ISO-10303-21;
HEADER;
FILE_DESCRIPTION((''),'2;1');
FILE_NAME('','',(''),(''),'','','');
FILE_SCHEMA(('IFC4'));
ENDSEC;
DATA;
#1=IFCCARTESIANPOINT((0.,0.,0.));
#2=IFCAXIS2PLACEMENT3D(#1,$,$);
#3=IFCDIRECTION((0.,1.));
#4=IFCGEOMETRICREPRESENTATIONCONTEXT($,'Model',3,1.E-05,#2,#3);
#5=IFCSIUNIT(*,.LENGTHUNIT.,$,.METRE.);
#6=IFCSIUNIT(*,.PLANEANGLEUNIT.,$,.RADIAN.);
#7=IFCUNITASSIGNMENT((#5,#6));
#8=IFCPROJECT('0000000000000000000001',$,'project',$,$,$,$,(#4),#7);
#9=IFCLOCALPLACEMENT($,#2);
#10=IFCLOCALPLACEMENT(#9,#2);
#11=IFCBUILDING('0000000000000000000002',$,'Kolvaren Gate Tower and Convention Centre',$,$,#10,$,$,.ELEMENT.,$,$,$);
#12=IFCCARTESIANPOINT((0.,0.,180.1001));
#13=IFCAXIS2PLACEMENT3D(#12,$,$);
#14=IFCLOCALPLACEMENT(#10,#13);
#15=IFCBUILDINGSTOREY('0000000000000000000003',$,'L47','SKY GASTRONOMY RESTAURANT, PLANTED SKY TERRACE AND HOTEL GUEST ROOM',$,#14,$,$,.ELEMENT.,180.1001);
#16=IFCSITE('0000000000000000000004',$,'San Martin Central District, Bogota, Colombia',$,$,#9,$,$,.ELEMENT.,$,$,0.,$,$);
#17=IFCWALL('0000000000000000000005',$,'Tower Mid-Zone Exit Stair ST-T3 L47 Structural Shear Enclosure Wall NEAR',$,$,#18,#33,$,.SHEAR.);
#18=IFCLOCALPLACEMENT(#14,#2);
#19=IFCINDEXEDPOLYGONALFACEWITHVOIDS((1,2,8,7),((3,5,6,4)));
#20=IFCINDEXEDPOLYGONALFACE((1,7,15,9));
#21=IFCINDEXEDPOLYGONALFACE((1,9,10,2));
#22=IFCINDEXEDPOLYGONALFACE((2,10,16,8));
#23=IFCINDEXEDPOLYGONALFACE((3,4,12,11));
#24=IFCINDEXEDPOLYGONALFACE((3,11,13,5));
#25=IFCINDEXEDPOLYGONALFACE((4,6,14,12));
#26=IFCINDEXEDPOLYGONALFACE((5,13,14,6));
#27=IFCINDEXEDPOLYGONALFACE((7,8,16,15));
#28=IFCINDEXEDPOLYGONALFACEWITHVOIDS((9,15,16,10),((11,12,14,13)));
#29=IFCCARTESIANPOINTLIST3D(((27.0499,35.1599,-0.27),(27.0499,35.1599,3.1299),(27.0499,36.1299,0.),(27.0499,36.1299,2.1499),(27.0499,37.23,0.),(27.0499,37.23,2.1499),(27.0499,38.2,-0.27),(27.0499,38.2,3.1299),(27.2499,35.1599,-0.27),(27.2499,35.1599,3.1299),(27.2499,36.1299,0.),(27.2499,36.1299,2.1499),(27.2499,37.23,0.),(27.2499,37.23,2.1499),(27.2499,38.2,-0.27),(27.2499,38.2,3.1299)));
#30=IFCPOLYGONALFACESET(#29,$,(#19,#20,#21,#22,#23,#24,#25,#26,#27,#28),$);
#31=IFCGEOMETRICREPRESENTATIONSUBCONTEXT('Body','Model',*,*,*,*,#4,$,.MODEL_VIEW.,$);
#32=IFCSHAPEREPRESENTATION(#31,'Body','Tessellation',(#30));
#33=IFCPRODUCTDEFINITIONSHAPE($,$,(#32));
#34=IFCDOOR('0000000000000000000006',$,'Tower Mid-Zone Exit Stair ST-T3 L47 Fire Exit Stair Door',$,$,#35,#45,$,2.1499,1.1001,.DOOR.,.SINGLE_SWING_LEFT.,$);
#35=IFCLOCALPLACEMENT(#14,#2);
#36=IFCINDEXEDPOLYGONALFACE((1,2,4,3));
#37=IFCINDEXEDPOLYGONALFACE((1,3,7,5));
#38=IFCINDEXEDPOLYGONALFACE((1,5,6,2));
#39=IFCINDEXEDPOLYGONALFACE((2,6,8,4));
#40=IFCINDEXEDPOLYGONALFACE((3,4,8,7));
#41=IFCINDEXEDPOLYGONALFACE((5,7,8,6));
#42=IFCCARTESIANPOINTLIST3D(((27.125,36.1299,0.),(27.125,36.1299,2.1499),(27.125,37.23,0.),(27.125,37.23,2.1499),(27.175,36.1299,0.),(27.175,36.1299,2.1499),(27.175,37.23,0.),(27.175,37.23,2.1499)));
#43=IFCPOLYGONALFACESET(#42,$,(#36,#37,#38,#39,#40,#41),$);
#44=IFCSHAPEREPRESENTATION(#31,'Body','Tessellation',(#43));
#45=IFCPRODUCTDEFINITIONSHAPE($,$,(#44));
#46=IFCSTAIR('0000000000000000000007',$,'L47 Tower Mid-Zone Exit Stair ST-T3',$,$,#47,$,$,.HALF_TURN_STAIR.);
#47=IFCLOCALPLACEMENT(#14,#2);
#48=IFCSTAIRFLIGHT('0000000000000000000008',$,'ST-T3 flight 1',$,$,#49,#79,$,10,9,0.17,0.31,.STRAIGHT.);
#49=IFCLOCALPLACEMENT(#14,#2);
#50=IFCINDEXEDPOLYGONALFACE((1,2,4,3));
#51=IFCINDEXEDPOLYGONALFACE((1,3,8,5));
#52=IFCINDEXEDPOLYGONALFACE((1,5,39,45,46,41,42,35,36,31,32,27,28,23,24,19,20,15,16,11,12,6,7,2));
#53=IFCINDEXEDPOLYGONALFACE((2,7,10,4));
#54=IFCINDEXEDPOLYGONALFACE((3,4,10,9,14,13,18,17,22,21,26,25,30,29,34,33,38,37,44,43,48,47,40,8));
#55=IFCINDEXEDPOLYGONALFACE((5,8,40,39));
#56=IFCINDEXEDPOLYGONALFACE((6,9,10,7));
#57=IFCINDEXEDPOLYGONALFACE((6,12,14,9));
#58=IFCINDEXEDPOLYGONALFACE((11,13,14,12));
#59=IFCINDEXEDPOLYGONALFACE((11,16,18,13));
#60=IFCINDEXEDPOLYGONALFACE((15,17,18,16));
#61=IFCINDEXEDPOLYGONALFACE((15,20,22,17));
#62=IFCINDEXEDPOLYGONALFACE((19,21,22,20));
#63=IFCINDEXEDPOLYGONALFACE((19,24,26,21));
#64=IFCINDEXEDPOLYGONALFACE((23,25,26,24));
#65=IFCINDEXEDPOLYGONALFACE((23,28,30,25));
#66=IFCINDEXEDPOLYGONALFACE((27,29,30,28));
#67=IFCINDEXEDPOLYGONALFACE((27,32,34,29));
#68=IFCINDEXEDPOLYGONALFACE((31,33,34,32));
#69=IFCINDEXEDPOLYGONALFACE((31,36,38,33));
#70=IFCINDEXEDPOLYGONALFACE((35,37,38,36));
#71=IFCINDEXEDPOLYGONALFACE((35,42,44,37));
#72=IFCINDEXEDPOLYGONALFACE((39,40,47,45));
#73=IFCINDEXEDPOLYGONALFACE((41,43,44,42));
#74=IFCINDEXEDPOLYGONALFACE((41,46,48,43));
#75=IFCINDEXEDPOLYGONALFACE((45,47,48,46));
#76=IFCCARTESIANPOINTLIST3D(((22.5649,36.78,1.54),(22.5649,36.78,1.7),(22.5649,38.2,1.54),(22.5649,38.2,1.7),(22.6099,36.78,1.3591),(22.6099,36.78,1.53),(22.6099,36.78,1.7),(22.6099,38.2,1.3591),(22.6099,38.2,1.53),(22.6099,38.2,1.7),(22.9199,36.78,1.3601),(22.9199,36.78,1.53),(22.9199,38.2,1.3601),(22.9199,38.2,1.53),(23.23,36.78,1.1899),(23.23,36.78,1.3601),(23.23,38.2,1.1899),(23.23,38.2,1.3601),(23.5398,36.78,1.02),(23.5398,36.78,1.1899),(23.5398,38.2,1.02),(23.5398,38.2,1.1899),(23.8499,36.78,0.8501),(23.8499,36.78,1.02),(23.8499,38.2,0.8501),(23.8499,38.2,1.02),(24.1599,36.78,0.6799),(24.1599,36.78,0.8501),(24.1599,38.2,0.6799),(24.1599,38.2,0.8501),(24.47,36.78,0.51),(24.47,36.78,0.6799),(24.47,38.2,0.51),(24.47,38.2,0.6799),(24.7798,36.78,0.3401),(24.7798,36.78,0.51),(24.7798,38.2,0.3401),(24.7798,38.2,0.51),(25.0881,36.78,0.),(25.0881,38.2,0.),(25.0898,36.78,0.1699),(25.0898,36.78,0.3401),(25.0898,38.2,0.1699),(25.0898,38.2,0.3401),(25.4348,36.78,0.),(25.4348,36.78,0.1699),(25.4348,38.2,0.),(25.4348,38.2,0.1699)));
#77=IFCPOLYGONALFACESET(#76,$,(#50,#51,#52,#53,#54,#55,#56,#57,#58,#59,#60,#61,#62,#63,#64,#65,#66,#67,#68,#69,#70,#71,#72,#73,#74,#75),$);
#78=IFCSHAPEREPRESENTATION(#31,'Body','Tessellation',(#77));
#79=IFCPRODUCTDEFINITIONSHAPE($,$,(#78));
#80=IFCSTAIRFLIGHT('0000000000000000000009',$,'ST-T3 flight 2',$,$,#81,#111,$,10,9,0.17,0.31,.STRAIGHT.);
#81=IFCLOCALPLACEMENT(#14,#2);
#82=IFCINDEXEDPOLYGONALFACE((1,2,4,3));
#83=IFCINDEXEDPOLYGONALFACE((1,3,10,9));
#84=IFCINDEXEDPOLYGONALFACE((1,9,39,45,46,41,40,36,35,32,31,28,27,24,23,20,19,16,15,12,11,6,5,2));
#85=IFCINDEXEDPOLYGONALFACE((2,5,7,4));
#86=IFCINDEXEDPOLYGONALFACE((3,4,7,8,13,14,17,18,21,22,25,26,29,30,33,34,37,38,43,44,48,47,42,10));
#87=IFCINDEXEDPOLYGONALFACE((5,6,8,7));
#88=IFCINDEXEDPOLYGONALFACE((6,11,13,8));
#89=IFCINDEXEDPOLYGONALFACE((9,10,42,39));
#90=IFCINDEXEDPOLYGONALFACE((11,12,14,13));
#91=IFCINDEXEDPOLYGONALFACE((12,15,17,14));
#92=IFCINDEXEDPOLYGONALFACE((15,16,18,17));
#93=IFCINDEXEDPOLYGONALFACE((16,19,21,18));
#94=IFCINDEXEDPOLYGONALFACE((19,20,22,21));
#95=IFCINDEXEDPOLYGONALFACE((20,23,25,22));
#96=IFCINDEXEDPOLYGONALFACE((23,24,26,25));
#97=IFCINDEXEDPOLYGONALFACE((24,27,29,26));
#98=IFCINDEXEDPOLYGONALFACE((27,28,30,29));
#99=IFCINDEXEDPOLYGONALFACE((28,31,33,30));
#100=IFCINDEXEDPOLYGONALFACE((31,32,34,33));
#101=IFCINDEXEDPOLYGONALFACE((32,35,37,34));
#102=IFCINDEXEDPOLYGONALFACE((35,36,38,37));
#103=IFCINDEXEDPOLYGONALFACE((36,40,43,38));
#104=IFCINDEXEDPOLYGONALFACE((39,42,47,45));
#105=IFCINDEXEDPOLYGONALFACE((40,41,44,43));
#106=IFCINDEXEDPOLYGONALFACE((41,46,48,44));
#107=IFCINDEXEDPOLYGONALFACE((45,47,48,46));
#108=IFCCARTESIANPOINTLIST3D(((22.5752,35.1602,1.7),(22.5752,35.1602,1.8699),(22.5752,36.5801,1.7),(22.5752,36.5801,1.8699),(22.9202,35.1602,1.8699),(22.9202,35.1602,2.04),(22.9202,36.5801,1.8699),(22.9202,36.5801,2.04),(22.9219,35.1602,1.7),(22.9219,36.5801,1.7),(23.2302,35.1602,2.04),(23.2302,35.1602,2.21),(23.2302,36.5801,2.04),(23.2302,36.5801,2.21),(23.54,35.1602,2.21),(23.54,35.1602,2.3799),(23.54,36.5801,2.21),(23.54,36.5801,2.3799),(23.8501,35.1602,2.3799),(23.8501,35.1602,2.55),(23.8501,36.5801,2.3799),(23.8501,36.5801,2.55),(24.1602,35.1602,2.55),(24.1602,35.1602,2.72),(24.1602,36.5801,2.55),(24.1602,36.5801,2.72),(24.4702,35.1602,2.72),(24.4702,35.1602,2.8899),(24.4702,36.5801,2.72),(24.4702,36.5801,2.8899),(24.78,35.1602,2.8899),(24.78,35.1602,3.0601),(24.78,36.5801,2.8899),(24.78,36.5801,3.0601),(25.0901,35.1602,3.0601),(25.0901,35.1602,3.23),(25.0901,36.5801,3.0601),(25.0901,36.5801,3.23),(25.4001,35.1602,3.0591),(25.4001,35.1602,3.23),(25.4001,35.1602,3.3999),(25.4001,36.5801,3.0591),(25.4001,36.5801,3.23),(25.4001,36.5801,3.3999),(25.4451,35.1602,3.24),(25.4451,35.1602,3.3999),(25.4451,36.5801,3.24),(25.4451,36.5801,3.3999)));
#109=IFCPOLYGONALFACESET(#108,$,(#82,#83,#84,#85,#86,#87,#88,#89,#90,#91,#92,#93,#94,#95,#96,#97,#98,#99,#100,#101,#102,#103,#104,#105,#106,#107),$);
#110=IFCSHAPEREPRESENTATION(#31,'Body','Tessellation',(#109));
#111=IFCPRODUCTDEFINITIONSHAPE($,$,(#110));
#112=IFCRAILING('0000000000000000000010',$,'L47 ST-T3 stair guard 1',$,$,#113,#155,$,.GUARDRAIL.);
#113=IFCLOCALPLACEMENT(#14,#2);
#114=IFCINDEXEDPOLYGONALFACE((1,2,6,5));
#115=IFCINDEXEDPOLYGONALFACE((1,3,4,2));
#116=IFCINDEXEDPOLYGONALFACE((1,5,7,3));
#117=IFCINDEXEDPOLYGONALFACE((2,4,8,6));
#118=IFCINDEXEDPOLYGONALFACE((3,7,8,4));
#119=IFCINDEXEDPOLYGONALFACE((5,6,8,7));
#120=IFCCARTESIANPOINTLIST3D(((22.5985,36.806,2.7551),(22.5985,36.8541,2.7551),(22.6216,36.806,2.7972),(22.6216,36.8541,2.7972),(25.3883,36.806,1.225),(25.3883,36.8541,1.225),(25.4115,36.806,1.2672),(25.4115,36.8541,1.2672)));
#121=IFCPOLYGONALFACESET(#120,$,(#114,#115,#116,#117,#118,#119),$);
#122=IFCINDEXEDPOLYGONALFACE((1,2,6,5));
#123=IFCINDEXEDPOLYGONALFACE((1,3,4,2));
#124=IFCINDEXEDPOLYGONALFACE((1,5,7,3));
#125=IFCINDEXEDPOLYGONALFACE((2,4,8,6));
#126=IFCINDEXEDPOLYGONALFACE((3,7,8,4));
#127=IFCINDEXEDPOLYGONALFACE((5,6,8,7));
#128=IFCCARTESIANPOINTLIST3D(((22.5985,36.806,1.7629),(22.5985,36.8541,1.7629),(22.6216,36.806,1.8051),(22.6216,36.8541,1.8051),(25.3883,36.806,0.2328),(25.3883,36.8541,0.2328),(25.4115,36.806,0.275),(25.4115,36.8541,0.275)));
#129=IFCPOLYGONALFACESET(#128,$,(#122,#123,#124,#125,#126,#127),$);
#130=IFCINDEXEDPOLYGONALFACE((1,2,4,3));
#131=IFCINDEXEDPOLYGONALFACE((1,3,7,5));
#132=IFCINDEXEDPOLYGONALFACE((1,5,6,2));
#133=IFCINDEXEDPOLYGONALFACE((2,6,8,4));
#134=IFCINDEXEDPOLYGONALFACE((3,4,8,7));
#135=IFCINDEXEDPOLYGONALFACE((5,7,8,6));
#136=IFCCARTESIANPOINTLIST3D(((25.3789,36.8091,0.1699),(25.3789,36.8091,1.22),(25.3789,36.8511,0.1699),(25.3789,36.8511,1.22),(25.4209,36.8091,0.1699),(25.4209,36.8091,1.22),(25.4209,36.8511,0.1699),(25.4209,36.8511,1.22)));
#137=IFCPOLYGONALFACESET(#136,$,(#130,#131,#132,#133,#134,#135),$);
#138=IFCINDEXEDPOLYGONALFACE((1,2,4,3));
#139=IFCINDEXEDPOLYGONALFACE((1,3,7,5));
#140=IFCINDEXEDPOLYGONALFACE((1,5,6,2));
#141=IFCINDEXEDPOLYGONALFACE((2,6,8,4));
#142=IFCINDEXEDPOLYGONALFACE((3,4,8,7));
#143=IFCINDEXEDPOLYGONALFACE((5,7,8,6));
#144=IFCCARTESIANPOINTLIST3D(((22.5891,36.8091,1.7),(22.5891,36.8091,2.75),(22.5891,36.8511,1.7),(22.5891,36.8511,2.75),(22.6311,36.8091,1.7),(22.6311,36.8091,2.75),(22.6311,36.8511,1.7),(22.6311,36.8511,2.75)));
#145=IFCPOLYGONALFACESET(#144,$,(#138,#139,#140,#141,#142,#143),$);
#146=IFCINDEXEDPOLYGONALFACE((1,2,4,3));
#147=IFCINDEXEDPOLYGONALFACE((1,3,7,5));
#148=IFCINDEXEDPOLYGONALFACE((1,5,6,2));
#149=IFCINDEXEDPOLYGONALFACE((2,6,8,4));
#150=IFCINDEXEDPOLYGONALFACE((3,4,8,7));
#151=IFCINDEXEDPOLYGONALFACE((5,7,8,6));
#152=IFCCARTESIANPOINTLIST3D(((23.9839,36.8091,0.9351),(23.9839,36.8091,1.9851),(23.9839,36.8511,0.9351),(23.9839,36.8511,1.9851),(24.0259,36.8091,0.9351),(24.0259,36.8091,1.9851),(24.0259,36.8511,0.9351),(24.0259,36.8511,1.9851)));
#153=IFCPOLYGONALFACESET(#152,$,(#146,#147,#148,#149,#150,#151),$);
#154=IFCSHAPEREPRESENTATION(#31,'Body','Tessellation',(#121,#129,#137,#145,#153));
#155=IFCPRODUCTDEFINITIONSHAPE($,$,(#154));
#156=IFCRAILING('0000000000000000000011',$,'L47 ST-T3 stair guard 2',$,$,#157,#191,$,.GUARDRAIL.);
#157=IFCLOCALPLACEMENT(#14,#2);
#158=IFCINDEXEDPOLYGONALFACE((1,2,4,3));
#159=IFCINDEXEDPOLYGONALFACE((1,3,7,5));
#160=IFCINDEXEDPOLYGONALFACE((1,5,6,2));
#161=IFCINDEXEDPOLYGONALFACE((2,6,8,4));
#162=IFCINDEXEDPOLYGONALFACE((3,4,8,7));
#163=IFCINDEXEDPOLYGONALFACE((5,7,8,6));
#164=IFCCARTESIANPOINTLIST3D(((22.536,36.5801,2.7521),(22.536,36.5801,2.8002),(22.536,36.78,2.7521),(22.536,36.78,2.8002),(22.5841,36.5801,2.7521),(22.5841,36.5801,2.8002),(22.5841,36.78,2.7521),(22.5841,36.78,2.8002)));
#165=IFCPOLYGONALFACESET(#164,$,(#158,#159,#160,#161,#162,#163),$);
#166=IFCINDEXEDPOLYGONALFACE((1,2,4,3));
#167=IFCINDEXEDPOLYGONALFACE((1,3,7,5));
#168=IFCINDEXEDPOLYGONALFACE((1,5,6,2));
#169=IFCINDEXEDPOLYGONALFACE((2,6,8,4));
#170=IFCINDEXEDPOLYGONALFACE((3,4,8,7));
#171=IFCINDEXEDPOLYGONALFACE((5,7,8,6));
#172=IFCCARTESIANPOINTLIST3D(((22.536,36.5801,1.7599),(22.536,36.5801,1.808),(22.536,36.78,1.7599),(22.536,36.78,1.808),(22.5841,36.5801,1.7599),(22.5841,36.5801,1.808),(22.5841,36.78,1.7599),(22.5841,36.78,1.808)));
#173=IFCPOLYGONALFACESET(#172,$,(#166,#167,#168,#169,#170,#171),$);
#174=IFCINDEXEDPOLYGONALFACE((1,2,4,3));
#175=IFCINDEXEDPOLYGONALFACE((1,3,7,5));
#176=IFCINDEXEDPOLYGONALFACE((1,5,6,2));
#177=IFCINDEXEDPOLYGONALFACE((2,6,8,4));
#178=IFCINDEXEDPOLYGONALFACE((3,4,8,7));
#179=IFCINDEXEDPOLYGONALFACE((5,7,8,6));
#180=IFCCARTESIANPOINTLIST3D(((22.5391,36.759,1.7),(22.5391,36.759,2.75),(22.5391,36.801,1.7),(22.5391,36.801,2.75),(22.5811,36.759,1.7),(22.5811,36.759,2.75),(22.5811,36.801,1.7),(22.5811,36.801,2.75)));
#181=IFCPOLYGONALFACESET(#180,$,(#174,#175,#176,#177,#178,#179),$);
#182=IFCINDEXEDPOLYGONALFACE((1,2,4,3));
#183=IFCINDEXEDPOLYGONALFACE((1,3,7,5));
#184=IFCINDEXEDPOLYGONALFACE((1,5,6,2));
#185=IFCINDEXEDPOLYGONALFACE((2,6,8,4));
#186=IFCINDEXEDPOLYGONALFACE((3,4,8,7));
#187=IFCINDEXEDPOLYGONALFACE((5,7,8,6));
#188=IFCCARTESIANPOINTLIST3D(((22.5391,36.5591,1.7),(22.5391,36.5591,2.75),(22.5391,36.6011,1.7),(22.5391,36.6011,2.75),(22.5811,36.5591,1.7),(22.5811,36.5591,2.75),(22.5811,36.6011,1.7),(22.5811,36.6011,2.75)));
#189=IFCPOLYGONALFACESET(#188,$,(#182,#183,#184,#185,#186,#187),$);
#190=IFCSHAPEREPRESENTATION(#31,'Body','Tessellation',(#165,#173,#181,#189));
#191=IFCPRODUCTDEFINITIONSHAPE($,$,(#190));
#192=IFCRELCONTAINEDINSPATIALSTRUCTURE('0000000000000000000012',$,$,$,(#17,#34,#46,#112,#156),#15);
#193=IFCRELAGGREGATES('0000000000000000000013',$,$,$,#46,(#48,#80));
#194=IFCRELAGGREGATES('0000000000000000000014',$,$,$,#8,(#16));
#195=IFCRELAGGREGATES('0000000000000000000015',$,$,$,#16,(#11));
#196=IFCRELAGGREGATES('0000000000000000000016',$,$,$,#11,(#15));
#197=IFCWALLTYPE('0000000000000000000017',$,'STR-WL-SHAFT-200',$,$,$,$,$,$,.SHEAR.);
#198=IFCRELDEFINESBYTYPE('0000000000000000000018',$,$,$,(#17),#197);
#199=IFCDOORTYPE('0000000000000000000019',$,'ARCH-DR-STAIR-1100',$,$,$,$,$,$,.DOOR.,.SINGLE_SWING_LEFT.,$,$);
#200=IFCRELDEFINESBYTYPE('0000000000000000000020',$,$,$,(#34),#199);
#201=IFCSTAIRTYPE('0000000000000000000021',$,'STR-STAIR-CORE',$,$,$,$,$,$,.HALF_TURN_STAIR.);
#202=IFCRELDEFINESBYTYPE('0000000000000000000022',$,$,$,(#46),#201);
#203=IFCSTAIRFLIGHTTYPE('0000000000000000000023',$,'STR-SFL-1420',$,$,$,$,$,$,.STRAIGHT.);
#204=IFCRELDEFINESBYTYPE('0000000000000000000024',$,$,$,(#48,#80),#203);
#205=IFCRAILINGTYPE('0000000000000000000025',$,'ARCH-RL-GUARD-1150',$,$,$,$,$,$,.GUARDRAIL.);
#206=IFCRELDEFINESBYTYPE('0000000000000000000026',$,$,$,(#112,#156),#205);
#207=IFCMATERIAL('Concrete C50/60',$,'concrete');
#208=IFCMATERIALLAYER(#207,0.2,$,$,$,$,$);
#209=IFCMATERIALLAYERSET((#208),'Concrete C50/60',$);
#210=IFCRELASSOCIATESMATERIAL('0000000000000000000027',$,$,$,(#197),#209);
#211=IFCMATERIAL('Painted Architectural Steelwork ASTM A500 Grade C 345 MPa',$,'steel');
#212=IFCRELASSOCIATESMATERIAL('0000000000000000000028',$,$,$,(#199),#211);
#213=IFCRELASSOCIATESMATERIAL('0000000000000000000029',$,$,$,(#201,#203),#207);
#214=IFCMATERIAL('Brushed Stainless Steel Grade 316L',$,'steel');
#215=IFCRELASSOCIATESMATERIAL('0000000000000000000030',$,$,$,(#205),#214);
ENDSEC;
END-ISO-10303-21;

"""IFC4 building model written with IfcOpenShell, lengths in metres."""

from ifc_helpers import new_model, si_unit, direction, frame, frame_2d, origin, origin_2d, place, context, subcontext, project, spatial, polyline, rectangle, outline, extrude, material, layer, layer_set, type_object, element, fill, aggregate, save


model = new_model("IFC4")

# Units and contexts
model_context = context("Model", 3, precision=1e-05, world=origin(), true_north=direction((0.0, 1.0)))
body_context = subcontext(model_context, "Body", "Model", "MODEL_VIEW")
ifc_project = project(units=[si_unit("LENGTHUNIT", "METRE"), si_unit("PLANEANGLEUNIT", "RADIAN")], contexts=[model_context])

# Site, building, storey
site_placement = place(None, origin())
site = spatial("IfcSite", under=ifc_project, at=site_placement, Name="San Martin Central District, Bogota, Colombia", CompositionType="ELEMENT", RefElevation=0.0)
building_placement = place(site_placement, origin())
building = spatial("IfcBuilding", under=site, at=building_placement, Name="Kolvaren Gate Tower and Convention Centre", CompositionType="ELEMENT")
storey_placement = place(building_placement, frame((0.0, 0.0, 180.1001)))
storey = spatial("IfcBuildingStorey", under=building, at=storey_placement, Name="L47", Description="SKY GASTRONOMY RESTAURANT, PLANTED SKY TERRACE AND HOTEL GUEST ROOM", CompositionType="ELEMENT", Elevation=180.1001)

# Wall, opening, door
ifc_material_1 = material(Name="Concrete C50/60", Category="concrete")
ifc_layer_1 = layer(ifc_material_1, 0.2)
ifc_layer_set_1 = layer_set([ifc_layer_1], Name="Concrete C50/60")
wall_type_1 = type_object("IfcWallType", Name="STR-WL-SHAFT-200", PredefinedType="SHEAR", material=ifc_layer_set_1)
wall_1_placement = place(storey_placement, frame((27.1499, 35.1599, -0.27), z_axis=(0.0, 0.0, 1.0), x_axis=(0.0, 1.0, 0.0)))
wall_1 = element("IfcWall", 1, at=wall_1_placement, inside=storey, type_object=wall_type_1, Name="Tower Mid-Zone Exit Stair ST-T3 L47 Structural Shear Enclosure Wall NEAR", PredefinedType="SHEAR", context=body_context, shape_type="SweptSolid", body=[
    extrude(rectangle(XDim=3.04, YDim=0.2, at=frame_2d((1.52, 0.0))), origin(), (0.0, 0.0, 1.0), 3.3999),
])
opening_1_placement = place(wall_1_placement, frame((0.97, 0.0, 0.27)))
opening_1 = element("IfcOpeningElement", 2, at=opening_1_placement, cuts=wall_1, PredefinedType="OPENING", context=body_context, shape_type="SweptSolid", body=[
    extrude(rectangle(XDim=1.1001, YDim=2.1499, at=frame_2d((0.55, 1.075))), frame((0.0, 0.1099, 0.0), z_axis=(0.0, -1.0, 0.0), x_axis=(1.0, 0.0, 0.0)), (0.0, 0.0, 1.0), 0.22),
])
ifc_material_2 = material(Name="Painted Architectural Steelwork ASTM A500 Grade C 345 MPa", Category="steel")
door_type = type_object("IfcDoorType", Name="ARCH-DR-STAIR-1100", OperationType="SINGLE_SWING_LEFT", PredefinedType="DOOR", material=ifc_material_2)
door_placement = place(opening_1_placement, origin())
door = element("IfcDoor", 3, at=door_placement, inside=storey, type_object=door_type, Name="Tower Mid-Zone Exit Stair ST-T3 L47 Fire Exit Stair Door", OperationType="SINGLE_SWING_LEFT", OverallHeight=2.1499, OverallWidth=1.1001, PredefinedType="DOOR", context=body_context, shape_type="SweptSolid", body=[
    extrude(rectangle(XDim=1.1001, YDim=2.1499, at=frame_2d((0.55, 1.075))), frame((0.0, 0.0249, 0.0), z_axis=(0.0, -1.0, 0.0), x_axis=(1.0, 0.0, 0.0)), (0.0, 0.0, 1.0), 0.05),
])
fill(opening_1, door)

# Stair, stair flights
stair_type = type_object("IfcStairType", Name="STR-STAIR-CORE", PredefinedType="HALF_TURN_STAIR", material=ifc_material_1)
stair_placement = place(storey_placement, origin())
stair = element("IfcStair", 4, at=stair_placement, inside=storey, type_object=stair_type, Name="L47 Tower Mid-Zone Exit Stair ST-T3", PredefinedType="HALF_TURN_STAIR")
stair_flight_type = type_object("IfcStairFlightType", Name="STR-SFL-1420", PredefinedType="STRAIGHT", material=ifc_material_1)
stair_flight_1_placement = place(storey_placement, frame((25.3999, 37.49, 0.0), z_axis=(0.0, 0.0, 1.0), x_axis=(-1.0, 0.0, 0.0)))
stair_flight_1 = element("IfcStairFlight", 5, at=stair_flight_1_placement, type_object=stair_flight_type, Name="ST-T3 flight 1", NumberOfRisers=10, NumberOfTreads=9, PredefinedType="STRAIGHT", RiserHeight=0.17, TreadLength=0.31, context=body_context, shape_type="SweptSolid", body=[
    extrude(outline(polyline([(-0.0349, 0.0), (-0.0349, 0.1699), (0.3101, 0.1699), (0.3101, 0.3401), (0.6201, 0.3401), (0.6201, 0.51), (0.9299, 0.51), (0.9299, 0.6799), (1.24, 0.6799), (1.24, 0.8501), (1.55, 0.8501), (1.55, 1.02), (1.8601, 1.02), (1.8601, 1.1899), (2.1699, 1.1899), (2.1699, 1.3601), (2.48, 1.3601), (2.48, 1.53), (2.79, 1.53), (2.79, 1.7), (2.835, 1.7), (2.835, 1.54), (2.79, 1.3591), (0.3118, 0.0), (-0.0349, 0.0)])), frame((0.0, 0.71, 0.0), z_axis=(0.0, -1.0, 0.0), x_axis=(1.0, 0.0, 0.0)), (0.0, 0.0, 1.0), 1.4199),
])
stair_flight_2_placement = place(storey_placement, frame((22.6101, 35.8701, 1.7), z_axis=(0.0, 0.0, 1.0), x_axis=(1.0, 0.0, 0.0)))
stair_flight_2 = element("IfcStairFlight", 6, at=stair_flight_2_placement, type_object=stair_flight_type, Name="ST-T3 flight 2", NumberOfRisers=10, NumberOfTreads=9, PredefinedType="STRAIGHT", RiserHeight=0.17, TreadLength=0.31, context=body_context, shape_type="SweptSolid", body=[
    extrude(outline(polyline([(-0.0349, 0.0), (-0.0349, 0.1699), (0.3101, 0.1699), (0.3101, 0.3401), (0.6201, 0.3401), (0.6201, 0.51), (0.9299, 0.51), (0.9299, 0.6799), (1.24, 0.6799), (1.24, 0.8501), (1.55, 0.8501), (1.55, 1.02), (1.8601, 1.02), (1.8601, 1.1899), (2.1699, 1.1899), (2.1699, 1.3601), (2.48, 1.3601), (2.48, 1.53), (2.79, 1.53), (2.79, 1.7), (2.835, 1.7), (2.835, 1.54), (2.79, 1.3591), (0.3118, 0.0), (-0.0349, 0.0)])), frame((0.0, 0.71, 0.0), z_axis=(0.0, -1.0, 0.0), x_axis=(1.0, 0.0, 0.0)), (0.0, 0.0, 1.0), 1.4199),
])
aggregate(stair, [stair_flight_1, stair_flight_2])

# Railings
ifc_material_3 = material(Name="Brushed Stainless Steel Grade 316L", Category="steel")
railing_type_1 = type_object("IfcRailingType", Name="ARCH-RL-GUARD-1150", PredefinedType="GUARDRAIL", material=ifc_material_3)
railing_1_placement = place(storey_placement, frame((25.3999, 36.8301, 0.1699)))
element("IfcRailing", 7, at=railing_1_placement, inside=storey, type_object=railing_type_1, Name="L47 ST-T3 stair guard 1", PredefinedType="GUARDRAIL", context=body_context, shape_type="SweptSolid", body=[
    extrude(rectangle(XDim=0.0481, YDim=0.0481, at=origin_2d()), frame((0.0, 0.0, 1.0762), z_axis=(-0.876794, 0.0, 0.480867), x_axis=(0.0, -1.0, 0.0)), (0.0, 0.0, 1.0), 3.1819),
    extrude(rectangle(XDim=0.0481, YDim=0.0481, at=origin_2d()), frame((0.0, 0.0, 0.084), z_axis=(-0.876794, 0.0, 0.480867), x_axis=(0.0, -1.0, 0.0)), (0.0, 0.0, 1.0), 3.1819),
    extrude(rectangle(XDim=0.042, YDim=0.042, at=origin_2d()), origin(), (0.0, 0.0, 1.0), 1.05),
    extrude(rectangle(XDim=0.042, YDim=0.042, at=origin_2d()), frame((-2.7898, 0.0, 1.53)), (0.0, 0.0, 1.0), 1.05),
    extrude(rectangle(XDim=0.042, YDim=0.042, at=origin_2d()), frame((-1.395, 0.0, 0.7651)), (0.0, 0.0, 1.0), 1.05),
])
railing_2_placement = place(storey_placement, frame((22.5601, 36.78, 1.7)))
element("IfcRailing", 8, at=railing_2_placement, inside=storey, type_object=railing_type_1, Name="L47 ST-T3 stair guard 2", PredefinedType="GUARDRAIL", context=body_context, shape_type="SweptSolid", body=[
    extrude(rectangle(XDim=0.0481, YDim=0.0481, at=origin_2d()), frame((0.0, 0.0, 1.0762), z_axis=(0.0, -1.0, 0.0), x_axis=(1.0, 0.0, 0.0)), (0.0, 0.0, 1.0), 0.2),
    extrude(rectangle(XDim=0.0481, YDim=0.0481, at=origin_2d()), frame((0.0, 0.0, 0.084), z_axis=(0.0, -1.0, 0.0), x_axis=(1.0, 0.0, 0.0)), (0.0, 0.0, 1.0), 0.2),
    extrude(rectangle(XDim=0.042, YDim=0.042, at=origin_2d()), origin(), (0.0, 0.0, 1.0), 1.05),
    extrude(rectangle(XDim=0.042, YDim=0.042, at=origin_2d()), frame((0.0, -0.2, 0.0)), (0.0, 0.0, 1.0), 1.05),
])

save(model, "model.ifc")
